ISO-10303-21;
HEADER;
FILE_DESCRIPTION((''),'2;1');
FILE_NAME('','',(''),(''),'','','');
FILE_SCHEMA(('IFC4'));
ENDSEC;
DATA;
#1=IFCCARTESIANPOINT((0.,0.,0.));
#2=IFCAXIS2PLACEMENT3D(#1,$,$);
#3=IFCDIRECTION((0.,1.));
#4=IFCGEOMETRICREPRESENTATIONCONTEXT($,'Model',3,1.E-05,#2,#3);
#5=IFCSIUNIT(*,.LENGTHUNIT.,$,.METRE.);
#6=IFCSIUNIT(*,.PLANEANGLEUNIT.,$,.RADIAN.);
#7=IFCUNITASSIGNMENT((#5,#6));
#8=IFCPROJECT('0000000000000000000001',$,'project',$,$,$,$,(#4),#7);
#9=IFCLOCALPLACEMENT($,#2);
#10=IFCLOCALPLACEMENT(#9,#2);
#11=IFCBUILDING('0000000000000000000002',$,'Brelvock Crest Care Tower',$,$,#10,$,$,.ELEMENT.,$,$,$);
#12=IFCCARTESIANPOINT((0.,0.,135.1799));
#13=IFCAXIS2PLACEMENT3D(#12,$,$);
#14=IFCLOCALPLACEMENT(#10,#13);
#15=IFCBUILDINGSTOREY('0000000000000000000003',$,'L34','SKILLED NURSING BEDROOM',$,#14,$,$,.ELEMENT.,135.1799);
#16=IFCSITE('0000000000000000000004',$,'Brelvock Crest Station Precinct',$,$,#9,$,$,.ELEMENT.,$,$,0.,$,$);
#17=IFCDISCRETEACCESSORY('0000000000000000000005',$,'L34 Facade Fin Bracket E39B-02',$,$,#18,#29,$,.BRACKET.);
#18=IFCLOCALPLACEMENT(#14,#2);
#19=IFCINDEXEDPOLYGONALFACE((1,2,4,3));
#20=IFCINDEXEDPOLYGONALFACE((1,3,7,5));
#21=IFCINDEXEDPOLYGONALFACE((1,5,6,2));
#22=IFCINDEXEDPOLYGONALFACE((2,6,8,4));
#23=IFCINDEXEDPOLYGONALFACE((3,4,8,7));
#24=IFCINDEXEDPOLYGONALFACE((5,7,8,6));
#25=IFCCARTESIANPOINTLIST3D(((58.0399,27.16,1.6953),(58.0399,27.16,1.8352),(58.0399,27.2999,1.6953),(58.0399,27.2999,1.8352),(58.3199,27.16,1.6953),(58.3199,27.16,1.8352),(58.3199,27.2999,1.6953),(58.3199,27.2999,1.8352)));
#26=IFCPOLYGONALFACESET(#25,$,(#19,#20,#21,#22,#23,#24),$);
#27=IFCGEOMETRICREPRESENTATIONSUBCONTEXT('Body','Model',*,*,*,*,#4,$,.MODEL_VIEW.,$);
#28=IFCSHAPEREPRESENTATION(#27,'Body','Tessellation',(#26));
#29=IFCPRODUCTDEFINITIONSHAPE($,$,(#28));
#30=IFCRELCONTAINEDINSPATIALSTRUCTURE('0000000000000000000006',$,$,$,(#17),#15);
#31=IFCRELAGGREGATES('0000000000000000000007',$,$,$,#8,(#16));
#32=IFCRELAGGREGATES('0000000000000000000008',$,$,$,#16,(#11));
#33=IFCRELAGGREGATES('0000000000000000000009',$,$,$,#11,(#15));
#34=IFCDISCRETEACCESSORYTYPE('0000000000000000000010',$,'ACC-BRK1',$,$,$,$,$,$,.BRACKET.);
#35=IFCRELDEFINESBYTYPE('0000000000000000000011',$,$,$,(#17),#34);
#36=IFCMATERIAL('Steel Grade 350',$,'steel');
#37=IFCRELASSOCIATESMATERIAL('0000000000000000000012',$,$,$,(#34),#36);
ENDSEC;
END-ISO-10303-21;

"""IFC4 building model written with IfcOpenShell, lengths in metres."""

from ifc_helpers import new_model, si_unit, direction, frame, origin, origin_2d, place, context, subcontext, project, spatial, rectangle, extrude, source, transform, mapped, material, type_object, element, save


model = new_model("IFC4")

# Units and contexts
model_context = context("Model", 3, precision=1e-05, world=origin(), true_north=direction((0.0, 1.0)))
body_context = subcontext(model_context, "Body", "Model", "MODEL_VIEW")
ifc_project = project(units=[si_unit("LENGTHUNIT", "METRE"), si_unit("PLANEANGLEUNIT", "RADIAN")], contexts=[model_context])

# Site, building, storey
site_placement = place(None, origin())
site = spatial("IfcSite", under=ifc_project, at=site_placement, Name="Brelvock Crest Station Precinct", CompositionType="ELEMENT", RefElevation=0.0)
building_placement = place(site_placement, origin())
building = spatial("IfcBuilding", under=site, at=building_placement, Name="Brelvock Crest Care Tower", CompositionType="ELEMENT")
storey_placement = place(building_placement, frame((0.0, 0.0, 135.1799)))
storey = spatial("IfcBuildingStorey", under=building, at=storey_placement, Name="L34", Description="SKILLED NURSING BEDROOM", CompositionType="ELEMENT", Elevation=135.1799)

# Shared definitions
ifc_material_1 = material(Name="Steel Grade 350", Category="steel")

# Discrete accessory
discrete_accessory_type = type_object("IfcDiscreteAccessoryType", Name="ACC-BRK1", PredefinedType="BRACKET", material=ifc_material_1)
shared_shape_1 = source(origin(), body_context, "Body", "SweptSolid", [
    extrude(rectangle(XDim=0.28, YDim=0.1399, at=origin_2d()), origin(), (0.0, 0.0, 1.0), 0.1399),
])
for number, where, z_axis, x_axis, name in (
    (1, (58.1799, 27.23, 1.6953), (0.0, 0.0, 1.0), (1.0, 0.0, 0.0), "L34 Facade Fin Bracket E39B-02"),
):
    element("IfcDiscreteAccessory", number, at=place(storey_placement, frame(where, z_axis=z_axis, x_axis=x_axis)), inside=storey, type_object=discrete_accessory_type, Name=name, PredefinedType="BRACKET", context=body_context, shape_type="MappedRepresentation", body=[
        mapped(shared_shape_1, transform((0.0, 0.0, 0.0), x_axis=(1.0, 0.0, 0.0), y_axis=(0.0, 1.0, 0.0), z_axis=(0.0, 0.0, 1.0), scale=1.0)),
    ])

save(model, "model.ifc")
